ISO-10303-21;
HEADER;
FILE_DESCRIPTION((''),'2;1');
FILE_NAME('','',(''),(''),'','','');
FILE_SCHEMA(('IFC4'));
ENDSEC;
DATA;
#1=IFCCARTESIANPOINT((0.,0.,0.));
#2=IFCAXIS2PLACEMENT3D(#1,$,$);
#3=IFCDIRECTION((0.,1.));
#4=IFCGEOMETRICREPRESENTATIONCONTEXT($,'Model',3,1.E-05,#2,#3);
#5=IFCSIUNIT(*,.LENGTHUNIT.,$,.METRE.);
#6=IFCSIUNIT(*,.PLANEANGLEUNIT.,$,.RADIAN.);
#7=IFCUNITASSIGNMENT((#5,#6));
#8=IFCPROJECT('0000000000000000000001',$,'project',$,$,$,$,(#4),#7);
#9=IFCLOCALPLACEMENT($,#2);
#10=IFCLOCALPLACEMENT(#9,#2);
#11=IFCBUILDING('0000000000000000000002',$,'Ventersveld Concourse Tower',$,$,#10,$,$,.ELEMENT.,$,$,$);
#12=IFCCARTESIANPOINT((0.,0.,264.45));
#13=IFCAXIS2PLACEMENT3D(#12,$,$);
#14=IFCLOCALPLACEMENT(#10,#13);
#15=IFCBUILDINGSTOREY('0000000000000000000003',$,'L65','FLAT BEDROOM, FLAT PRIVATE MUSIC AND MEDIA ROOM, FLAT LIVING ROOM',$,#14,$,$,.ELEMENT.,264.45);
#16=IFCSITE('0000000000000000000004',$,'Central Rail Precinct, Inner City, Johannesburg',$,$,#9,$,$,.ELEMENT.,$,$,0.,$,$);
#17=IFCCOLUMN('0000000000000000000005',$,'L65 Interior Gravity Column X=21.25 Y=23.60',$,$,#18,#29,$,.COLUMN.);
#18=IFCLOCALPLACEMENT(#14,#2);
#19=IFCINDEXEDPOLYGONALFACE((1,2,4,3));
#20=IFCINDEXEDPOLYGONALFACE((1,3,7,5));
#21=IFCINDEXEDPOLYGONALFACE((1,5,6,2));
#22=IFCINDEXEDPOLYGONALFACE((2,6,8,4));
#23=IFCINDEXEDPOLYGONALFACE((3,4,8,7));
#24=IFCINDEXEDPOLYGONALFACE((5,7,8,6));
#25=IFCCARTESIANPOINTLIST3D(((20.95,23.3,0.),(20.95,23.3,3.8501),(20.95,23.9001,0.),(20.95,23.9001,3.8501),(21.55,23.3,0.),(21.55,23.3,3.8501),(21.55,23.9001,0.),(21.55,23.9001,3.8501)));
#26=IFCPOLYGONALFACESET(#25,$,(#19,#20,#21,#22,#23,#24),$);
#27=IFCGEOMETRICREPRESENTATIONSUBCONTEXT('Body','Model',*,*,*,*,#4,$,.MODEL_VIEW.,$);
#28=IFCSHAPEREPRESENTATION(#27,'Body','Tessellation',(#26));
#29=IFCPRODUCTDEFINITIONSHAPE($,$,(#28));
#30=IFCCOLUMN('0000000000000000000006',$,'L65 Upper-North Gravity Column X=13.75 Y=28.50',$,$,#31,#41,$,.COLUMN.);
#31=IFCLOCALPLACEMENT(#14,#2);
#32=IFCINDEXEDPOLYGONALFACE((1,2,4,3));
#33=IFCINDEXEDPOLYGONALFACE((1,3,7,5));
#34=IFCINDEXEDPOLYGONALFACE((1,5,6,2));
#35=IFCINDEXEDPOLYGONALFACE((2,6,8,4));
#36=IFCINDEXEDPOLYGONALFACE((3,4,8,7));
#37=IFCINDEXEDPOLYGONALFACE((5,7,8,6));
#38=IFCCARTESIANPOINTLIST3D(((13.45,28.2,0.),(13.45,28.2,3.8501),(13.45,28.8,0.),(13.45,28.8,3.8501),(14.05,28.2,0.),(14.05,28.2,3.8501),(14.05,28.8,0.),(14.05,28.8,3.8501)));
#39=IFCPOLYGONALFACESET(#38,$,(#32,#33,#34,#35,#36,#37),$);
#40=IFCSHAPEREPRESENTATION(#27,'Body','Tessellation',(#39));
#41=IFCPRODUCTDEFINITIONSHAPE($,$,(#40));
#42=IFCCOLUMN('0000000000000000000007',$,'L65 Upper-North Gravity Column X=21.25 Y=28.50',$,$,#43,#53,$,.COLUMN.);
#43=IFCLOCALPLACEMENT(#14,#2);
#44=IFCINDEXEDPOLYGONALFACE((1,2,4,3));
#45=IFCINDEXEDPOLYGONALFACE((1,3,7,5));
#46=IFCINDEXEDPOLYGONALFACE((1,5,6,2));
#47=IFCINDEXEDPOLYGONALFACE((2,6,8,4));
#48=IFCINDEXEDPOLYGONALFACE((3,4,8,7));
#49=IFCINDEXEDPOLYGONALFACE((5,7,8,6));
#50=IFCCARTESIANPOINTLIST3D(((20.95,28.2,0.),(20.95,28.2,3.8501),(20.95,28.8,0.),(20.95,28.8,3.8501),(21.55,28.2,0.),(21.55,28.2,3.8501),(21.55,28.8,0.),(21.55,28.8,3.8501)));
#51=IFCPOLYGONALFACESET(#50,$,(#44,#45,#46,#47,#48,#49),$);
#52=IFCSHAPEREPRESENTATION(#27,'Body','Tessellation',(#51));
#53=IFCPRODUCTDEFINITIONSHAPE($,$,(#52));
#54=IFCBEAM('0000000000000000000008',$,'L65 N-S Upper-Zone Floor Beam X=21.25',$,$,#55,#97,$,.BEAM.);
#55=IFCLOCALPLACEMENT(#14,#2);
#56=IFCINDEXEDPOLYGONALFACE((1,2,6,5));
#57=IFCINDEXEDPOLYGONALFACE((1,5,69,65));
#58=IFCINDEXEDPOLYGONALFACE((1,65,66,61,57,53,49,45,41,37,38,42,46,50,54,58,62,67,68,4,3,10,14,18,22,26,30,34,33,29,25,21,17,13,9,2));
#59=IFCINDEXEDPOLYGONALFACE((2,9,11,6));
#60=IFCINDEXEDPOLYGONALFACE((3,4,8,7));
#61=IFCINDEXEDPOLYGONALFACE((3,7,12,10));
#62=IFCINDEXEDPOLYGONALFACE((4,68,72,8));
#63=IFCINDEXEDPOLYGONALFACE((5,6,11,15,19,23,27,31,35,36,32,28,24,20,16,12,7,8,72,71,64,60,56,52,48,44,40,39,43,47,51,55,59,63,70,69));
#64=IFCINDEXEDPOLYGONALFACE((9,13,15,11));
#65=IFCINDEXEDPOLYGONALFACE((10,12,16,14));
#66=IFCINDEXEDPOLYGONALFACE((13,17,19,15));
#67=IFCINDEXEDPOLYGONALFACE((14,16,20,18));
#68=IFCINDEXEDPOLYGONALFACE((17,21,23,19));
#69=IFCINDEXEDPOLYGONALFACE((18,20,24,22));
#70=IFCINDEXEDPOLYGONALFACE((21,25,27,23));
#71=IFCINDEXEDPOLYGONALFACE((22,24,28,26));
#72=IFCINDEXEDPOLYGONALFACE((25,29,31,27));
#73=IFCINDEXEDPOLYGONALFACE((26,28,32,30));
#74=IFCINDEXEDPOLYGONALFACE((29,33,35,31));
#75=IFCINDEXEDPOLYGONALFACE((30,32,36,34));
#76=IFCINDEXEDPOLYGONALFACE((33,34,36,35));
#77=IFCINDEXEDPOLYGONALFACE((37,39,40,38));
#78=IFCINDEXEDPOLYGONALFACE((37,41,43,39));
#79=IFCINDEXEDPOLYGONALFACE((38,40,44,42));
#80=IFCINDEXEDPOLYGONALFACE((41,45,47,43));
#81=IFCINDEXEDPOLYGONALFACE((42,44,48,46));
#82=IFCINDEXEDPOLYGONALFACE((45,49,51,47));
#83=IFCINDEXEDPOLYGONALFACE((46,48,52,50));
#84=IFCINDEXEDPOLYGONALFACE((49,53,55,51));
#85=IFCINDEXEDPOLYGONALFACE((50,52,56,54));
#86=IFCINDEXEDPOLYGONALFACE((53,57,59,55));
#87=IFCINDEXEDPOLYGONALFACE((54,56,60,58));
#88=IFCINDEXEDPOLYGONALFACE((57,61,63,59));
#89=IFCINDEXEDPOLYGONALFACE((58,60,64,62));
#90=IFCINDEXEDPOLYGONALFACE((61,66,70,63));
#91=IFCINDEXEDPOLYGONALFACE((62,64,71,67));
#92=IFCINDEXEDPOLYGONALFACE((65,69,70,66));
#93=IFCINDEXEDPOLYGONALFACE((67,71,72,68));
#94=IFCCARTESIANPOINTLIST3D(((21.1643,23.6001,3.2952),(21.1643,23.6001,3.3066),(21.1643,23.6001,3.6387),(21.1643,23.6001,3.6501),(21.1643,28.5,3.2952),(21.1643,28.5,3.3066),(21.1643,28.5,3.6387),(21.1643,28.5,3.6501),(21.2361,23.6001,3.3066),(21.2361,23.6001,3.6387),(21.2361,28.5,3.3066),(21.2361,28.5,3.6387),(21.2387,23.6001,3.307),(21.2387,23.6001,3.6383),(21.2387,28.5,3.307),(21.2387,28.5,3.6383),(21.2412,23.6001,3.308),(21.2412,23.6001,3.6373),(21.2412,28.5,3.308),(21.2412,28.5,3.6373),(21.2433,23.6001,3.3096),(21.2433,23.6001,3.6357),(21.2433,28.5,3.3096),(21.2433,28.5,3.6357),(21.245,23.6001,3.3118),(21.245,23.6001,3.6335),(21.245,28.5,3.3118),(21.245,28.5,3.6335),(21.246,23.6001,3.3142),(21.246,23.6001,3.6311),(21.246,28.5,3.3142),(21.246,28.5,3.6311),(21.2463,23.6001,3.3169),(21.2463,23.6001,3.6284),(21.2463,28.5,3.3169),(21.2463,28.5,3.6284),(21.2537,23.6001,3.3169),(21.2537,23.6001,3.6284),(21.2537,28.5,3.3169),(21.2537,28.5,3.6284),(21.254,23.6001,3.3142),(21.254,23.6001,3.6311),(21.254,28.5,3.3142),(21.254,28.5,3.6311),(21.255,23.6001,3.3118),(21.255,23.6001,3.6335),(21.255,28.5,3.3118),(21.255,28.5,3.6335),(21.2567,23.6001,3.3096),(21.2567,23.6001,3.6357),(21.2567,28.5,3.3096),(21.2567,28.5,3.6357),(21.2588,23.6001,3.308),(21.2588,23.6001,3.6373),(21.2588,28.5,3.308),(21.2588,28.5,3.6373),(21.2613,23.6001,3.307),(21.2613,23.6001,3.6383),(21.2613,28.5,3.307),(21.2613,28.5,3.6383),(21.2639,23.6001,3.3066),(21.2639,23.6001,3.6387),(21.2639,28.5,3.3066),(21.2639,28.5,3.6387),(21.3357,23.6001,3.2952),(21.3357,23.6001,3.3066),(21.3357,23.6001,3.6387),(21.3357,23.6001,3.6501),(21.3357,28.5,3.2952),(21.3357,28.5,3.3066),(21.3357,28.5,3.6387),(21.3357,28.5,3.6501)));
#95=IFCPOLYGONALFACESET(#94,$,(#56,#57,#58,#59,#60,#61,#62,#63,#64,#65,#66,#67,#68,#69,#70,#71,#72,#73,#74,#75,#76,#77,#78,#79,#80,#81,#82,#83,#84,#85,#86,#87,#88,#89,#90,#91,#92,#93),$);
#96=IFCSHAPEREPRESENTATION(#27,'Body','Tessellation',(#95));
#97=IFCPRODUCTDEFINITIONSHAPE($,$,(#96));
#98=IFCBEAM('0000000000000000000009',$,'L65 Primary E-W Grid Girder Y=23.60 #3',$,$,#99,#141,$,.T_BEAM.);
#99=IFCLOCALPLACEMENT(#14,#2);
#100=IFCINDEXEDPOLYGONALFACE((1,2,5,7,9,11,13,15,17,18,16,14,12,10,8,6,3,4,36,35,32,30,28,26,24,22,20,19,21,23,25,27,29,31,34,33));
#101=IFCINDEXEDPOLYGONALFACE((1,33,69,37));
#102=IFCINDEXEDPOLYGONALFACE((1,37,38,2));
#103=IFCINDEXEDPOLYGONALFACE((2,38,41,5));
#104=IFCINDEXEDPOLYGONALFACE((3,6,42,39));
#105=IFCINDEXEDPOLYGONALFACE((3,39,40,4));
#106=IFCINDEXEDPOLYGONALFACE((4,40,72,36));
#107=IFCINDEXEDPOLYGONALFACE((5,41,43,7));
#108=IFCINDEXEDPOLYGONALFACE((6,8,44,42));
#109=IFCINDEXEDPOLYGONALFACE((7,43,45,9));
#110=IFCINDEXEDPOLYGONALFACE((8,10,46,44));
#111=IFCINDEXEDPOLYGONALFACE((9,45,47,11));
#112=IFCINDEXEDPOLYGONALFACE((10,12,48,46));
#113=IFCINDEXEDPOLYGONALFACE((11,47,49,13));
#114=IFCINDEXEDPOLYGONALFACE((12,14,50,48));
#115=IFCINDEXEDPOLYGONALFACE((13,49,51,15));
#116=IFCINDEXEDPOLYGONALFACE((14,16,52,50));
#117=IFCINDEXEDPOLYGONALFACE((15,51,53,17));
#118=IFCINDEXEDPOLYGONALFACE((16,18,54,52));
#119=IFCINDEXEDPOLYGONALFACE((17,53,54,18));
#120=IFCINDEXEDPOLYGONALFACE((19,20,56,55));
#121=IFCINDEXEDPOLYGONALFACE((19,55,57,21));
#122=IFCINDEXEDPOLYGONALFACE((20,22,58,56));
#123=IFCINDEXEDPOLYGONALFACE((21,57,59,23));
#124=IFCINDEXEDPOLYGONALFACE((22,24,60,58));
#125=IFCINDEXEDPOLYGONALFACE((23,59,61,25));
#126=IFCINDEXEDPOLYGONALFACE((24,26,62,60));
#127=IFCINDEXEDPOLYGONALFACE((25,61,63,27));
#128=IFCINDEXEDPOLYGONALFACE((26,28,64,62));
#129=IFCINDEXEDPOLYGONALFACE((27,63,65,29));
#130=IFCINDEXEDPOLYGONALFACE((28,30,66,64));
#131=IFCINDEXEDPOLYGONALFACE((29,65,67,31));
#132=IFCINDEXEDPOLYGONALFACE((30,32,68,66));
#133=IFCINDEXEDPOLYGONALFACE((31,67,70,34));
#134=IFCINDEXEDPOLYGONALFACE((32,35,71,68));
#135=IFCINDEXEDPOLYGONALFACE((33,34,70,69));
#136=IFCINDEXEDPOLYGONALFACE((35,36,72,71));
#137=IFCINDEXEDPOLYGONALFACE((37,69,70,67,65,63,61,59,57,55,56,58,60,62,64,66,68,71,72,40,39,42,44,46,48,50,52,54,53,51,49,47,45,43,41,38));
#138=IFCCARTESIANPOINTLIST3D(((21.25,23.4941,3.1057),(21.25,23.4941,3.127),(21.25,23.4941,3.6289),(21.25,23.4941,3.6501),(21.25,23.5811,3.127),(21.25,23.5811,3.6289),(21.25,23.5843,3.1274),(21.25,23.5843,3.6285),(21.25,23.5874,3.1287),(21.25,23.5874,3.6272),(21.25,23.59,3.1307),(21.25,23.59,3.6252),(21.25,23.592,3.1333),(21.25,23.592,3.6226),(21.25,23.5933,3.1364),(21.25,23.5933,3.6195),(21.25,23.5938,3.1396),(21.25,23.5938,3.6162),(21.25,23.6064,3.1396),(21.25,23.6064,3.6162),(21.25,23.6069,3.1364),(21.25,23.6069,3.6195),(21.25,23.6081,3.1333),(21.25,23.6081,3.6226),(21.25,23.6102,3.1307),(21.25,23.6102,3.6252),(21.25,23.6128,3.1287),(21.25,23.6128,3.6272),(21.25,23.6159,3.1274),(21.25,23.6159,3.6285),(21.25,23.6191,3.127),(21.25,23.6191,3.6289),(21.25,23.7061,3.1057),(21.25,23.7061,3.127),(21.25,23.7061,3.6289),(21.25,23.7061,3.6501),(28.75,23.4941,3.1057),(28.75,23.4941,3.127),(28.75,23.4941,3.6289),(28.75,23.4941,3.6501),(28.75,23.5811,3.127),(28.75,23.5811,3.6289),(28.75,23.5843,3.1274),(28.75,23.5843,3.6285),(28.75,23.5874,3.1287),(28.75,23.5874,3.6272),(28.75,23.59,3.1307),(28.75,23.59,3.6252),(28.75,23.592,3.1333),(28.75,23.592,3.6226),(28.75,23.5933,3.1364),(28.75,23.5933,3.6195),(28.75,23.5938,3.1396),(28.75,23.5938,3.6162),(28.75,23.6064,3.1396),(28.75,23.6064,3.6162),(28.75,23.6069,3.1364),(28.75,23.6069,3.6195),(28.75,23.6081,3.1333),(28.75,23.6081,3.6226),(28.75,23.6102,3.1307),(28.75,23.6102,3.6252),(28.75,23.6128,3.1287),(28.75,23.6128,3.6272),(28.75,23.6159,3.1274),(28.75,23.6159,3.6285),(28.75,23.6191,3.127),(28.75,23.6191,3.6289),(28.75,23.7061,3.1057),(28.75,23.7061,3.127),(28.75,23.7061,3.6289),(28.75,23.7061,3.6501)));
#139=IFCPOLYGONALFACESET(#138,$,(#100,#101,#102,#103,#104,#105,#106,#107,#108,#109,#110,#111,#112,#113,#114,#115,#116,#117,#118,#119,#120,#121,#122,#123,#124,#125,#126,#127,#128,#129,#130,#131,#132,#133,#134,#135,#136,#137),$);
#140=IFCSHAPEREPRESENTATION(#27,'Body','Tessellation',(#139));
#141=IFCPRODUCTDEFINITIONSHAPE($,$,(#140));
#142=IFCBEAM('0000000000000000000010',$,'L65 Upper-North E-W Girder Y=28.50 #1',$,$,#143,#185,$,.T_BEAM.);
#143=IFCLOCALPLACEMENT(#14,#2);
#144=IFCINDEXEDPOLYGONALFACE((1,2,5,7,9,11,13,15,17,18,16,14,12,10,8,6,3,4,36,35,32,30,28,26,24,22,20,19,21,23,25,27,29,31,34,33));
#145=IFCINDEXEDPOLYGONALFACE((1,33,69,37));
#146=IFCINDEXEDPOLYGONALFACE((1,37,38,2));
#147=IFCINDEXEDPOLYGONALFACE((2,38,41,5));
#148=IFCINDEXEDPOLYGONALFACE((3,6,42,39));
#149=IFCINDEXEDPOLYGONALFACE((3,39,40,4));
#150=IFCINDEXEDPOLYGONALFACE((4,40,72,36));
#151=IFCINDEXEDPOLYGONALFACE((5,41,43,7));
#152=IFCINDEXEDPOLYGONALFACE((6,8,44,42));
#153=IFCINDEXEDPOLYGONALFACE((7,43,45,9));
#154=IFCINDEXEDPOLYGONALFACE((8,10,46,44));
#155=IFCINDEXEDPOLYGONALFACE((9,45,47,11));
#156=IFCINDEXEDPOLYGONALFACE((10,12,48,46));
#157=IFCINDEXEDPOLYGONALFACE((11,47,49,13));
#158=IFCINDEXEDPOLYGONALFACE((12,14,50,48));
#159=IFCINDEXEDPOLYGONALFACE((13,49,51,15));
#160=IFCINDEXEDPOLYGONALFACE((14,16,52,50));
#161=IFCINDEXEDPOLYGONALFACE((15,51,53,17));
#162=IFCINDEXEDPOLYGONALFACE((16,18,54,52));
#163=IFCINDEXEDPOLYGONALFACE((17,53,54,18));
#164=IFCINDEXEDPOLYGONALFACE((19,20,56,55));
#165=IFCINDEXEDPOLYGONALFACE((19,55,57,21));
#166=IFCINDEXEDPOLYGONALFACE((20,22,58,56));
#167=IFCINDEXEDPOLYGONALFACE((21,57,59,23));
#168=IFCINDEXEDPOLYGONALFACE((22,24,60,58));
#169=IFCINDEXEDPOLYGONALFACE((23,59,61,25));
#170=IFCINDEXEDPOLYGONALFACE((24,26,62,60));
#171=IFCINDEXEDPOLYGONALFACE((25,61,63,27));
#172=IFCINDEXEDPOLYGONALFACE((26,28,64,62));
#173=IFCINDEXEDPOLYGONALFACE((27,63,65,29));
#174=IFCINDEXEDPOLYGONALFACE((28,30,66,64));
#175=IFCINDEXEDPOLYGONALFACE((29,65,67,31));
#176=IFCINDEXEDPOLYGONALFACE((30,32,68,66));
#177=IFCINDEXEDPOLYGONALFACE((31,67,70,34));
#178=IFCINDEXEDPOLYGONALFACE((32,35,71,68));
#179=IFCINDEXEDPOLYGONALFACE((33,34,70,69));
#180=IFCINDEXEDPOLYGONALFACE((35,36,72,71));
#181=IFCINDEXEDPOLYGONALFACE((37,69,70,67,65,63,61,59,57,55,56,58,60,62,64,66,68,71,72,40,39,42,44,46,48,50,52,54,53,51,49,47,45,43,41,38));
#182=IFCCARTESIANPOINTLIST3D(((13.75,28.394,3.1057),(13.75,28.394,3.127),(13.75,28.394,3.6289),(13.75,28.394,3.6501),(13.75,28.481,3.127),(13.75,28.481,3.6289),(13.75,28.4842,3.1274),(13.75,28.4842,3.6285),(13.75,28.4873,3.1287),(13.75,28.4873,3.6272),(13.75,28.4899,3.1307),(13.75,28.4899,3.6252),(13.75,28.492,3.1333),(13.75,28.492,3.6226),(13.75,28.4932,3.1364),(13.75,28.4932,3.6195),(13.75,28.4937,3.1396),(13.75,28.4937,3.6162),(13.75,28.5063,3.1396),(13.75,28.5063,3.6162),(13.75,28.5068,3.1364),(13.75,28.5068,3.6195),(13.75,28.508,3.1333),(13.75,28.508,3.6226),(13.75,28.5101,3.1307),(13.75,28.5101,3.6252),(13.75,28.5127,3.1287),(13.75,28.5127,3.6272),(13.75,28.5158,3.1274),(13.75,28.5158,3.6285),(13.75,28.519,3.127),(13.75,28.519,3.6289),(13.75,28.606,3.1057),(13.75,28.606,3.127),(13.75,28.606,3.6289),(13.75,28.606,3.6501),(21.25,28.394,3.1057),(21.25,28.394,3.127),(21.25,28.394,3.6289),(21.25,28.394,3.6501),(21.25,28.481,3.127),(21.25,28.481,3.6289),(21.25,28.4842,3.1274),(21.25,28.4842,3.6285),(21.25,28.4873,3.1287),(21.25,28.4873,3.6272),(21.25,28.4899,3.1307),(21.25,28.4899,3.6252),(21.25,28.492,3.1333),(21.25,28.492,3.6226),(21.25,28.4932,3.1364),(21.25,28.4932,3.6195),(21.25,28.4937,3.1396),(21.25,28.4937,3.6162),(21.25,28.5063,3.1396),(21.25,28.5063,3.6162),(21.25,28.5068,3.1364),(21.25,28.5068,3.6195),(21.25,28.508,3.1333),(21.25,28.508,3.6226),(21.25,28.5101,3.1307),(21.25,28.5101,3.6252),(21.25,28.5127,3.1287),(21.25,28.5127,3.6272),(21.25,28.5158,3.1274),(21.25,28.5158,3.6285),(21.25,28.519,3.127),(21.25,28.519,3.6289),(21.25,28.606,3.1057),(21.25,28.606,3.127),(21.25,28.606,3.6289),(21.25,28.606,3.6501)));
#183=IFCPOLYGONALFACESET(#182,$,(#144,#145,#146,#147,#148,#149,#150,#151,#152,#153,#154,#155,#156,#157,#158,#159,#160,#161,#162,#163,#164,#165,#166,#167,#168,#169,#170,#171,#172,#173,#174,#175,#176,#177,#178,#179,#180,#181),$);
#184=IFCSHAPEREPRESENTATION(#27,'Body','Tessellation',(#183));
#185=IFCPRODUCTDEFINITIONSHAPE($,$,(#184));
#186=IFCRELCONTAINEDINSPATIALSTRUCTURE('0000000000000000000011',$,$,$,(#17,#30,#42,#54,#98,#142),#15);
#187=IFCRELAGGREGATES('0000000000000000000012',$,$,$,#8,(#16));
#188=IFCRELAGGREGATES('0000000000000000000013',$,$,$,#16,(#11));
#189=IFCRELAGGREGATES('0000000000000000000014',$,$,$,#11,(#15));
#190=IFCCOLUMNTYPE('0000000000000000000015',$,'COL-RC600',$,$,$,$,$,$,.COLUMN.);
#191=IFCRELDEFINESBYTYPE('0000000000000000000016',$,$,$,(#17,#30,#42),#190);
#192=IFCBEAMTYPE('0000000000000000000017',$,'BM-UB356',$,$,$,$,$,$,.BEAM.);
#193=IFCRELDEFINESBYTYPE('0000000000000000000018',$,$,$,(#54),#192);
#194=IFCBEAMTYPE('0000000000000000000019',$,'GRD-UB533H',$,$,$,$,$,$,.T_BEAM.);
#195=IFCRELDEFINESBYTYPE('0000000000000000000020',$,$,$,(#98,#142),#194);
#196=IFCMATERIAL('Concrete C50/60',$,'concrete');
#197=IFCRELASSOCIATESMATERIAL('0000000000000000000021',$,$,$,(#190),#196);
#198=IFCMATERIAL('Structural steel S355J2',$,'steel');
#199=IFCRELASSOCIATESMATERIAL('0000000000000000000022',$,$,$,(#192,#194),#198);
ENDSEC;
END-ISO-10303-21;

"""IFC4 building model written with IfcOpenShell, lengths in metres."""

from ifc_helpers import new_model, si_unit, direction, frame, origin, origin_2d, place, context, subcontext, project, spatial, rectangle, i_section, extrude, material, material_profile, profile_set, type_object, element, save


model = new_model("IFC4")

# Units and contexts
model_context = context("Model", 3, precision=1e-05, world=origin(), true_north=direction((0.0, 1.0)))
body_context = subcontext(model_context, "Body", "Model", "MODEL_VIEW")
ifc_project = project(units=[si_unit("LENGTHUNIT", "METRE"), si_unit("PLANEANGLEUNIT", "RADIAN")], contexts=[model_context])

# Site, building, storey
site_placement = place(None, origin())
site = spatial("IfcSite", under=ifc_project, at=site_placement, Name="Central Rail Precinct, Inner City, Johannesburg", CompositionType="ELEMENT", RefElevation=0.0)
building_placement = place(site_placement, origin())
building = spatial("IfcBuilding", under=site, at=building_placement, Name="Ventersveld Concourse Tower", CompositionType="ELEMENT")
storey_placement = place(building_placement, frame((0.0, 0.0, 264.45)))
storey = spatial("IfcBuildingStorey", under=building, at=storey_placement, Name="L65", Description="FLAT BEDROOM, FLAT PRIVATE MUSIC AND MEDIA ROOM, FLAT LIVING ROOM", CompositionType="ELEMENT", Elevation=264.45)

# Columns
ifc_material_1 = material(Name="Concrete C50/60", Category="concrete")
ifc_material_profile_1 = material_profile(ifc_material_1, rectangle(XDim=0.6001, YDim=0.6001, at=origin_2d()), Name="RC 600x600")
ifc_profile_set_1 = profile_set([ifc_material_profile_1], Name="Concrete C50/60")
column_type = type_object("IfcColumnType", Name="COL-RC600", PredefinedType="COLUMN", material=ifc_profile_set_1)
for number, where, z_axis, x_axis, name in (
    (1, (21.25, 23.6001, 0.0), (0.0, 0.0, 1.0), (1.0, 0.0, 0.0), "L65 Interior Gravity Column X=21.25 Y=23.60"),
    (2, (13.75, 28.5, 0.0), (0.0, 0.0, 1.0), (1.0, 0.0, 0.0), "L65 Upper-North Gravity Column X=13.75 Y=28.50"),
    (3, (21.25, 28.5, 0.0), (0.0, 0.0, 1.0), (1.0, 0.0, 0.0), "L65 Upper-North Gravity Column X=21.25 Y=28.50"),
):
    element("IfcColumn", number, at=place(storey_placement, frame(where, z_axis=z_axis, x_axis=x_axis)), inside=storey, type_object=column_type, Name=name, PredefinedType="COLUMN", context=body_context, shape_type="SweptSolid", body=[
        extrude(rectangle(XDim=0.6001, YDim=0.6001, at=origin_2d()), origin(), (0.0, 0.0, 1.0), 3.8501),
    ])

# Beams
ifc_material_2 = material(Name="Structural steel S355J2", Category="steel")
ifc_material_profile_2 = material_profile(ifc_material_2, i_section(OverallWidth=0.1714, OverallDepth=0.355, WebThickness=0.0073, FlangeThickness=0.0115, FilletRadius=0.0103, at=origin_2d()), Name="UB 356x171x51")
ifc_profile_set_2 = profile_set([ifc_material_profile_2], Name="Structural steel S355J2")
beam_type_1 = type_object("IfcBeamType", Name="BM-UB356", PredefinedType="BEAM", material=ifc_profile_set_2)
beam_placement = place(storey_placement, frame((21.25, 23.6001, 3.4727), z_axis=(0.0, 1.0, 0.0), x_axis=(-1.0, 0.0, 0.0)))
element("IfcBeam", 4, at=beam_placement, inside=storey, type_object=beam_type_1, Name="L65 N-S Upper-Zone Floor Beam X=21.25", PredefinedType="BEAM", context=body_context, shape_type="SweptSolid", body=[
    extrude(i_section(OverallWidth=0.1714, OverallDepth=0.355, WebThickness=0.0073, FlangeThickness=0.0115, FilletRadius=0.0103, at=origin_2d()), origin(), (0.0, 0.0, 1.0), 4.8999),
])
ifc_material_profile_3 = material_profile(ifc_material_2, i_section(OverallWidth=0.2119, OverallDepth=0.5444, WebThickness=0.0127, FlangeThickness=0.0212, FilletRadius=0.0127, at=origin_2d()), Name="UB 533x210x122")
ifc_profile_set_3 = profile_set([ifc_material_profile_3], Name="Structural steel S355J2")
beam_type_2 = type_object("IfcBeamType", Name="GRD-UB533H", PredefinedType="T_BEAM", material=ifc_profile_set_3)
for number, where, z_axis, x_axis, name in (
    (5, (21.25, 23.6001, 3.3779), (1.0, 0.0, 0.0), (0.0, 1.0, 0.0), "L65 Primary E-W Grid Girder Y=23.60 #3"),
    (6, (13.75, 28.5, 3.3779), (1.0, 0.0, 0.0), (0.0, 1.0, 0.0), "L65 Upper-North E-W Girder Y=28.50 #1"),
):
    element("IfcBeam", number, at=place(storey_placement, frame(where, z_axis=z_axis, x_axis=x_axis)), inside=storey, type_object=beam_type_2, Name=name, PredefinedType="T_BEAM", context=body_context, shape_type="SweptSolid", body=[
        extrude(i_section(OverallWidth=0.2119, OverallDepth=0.5444, WebThickness=0.0127, FlangeThickness=0.0212, FilletRadius=0.0127, at=origin_2d()), origin(), (0.0, 0.0, 1.0), 7.5),
    ])

save(model, "model.ifc")
